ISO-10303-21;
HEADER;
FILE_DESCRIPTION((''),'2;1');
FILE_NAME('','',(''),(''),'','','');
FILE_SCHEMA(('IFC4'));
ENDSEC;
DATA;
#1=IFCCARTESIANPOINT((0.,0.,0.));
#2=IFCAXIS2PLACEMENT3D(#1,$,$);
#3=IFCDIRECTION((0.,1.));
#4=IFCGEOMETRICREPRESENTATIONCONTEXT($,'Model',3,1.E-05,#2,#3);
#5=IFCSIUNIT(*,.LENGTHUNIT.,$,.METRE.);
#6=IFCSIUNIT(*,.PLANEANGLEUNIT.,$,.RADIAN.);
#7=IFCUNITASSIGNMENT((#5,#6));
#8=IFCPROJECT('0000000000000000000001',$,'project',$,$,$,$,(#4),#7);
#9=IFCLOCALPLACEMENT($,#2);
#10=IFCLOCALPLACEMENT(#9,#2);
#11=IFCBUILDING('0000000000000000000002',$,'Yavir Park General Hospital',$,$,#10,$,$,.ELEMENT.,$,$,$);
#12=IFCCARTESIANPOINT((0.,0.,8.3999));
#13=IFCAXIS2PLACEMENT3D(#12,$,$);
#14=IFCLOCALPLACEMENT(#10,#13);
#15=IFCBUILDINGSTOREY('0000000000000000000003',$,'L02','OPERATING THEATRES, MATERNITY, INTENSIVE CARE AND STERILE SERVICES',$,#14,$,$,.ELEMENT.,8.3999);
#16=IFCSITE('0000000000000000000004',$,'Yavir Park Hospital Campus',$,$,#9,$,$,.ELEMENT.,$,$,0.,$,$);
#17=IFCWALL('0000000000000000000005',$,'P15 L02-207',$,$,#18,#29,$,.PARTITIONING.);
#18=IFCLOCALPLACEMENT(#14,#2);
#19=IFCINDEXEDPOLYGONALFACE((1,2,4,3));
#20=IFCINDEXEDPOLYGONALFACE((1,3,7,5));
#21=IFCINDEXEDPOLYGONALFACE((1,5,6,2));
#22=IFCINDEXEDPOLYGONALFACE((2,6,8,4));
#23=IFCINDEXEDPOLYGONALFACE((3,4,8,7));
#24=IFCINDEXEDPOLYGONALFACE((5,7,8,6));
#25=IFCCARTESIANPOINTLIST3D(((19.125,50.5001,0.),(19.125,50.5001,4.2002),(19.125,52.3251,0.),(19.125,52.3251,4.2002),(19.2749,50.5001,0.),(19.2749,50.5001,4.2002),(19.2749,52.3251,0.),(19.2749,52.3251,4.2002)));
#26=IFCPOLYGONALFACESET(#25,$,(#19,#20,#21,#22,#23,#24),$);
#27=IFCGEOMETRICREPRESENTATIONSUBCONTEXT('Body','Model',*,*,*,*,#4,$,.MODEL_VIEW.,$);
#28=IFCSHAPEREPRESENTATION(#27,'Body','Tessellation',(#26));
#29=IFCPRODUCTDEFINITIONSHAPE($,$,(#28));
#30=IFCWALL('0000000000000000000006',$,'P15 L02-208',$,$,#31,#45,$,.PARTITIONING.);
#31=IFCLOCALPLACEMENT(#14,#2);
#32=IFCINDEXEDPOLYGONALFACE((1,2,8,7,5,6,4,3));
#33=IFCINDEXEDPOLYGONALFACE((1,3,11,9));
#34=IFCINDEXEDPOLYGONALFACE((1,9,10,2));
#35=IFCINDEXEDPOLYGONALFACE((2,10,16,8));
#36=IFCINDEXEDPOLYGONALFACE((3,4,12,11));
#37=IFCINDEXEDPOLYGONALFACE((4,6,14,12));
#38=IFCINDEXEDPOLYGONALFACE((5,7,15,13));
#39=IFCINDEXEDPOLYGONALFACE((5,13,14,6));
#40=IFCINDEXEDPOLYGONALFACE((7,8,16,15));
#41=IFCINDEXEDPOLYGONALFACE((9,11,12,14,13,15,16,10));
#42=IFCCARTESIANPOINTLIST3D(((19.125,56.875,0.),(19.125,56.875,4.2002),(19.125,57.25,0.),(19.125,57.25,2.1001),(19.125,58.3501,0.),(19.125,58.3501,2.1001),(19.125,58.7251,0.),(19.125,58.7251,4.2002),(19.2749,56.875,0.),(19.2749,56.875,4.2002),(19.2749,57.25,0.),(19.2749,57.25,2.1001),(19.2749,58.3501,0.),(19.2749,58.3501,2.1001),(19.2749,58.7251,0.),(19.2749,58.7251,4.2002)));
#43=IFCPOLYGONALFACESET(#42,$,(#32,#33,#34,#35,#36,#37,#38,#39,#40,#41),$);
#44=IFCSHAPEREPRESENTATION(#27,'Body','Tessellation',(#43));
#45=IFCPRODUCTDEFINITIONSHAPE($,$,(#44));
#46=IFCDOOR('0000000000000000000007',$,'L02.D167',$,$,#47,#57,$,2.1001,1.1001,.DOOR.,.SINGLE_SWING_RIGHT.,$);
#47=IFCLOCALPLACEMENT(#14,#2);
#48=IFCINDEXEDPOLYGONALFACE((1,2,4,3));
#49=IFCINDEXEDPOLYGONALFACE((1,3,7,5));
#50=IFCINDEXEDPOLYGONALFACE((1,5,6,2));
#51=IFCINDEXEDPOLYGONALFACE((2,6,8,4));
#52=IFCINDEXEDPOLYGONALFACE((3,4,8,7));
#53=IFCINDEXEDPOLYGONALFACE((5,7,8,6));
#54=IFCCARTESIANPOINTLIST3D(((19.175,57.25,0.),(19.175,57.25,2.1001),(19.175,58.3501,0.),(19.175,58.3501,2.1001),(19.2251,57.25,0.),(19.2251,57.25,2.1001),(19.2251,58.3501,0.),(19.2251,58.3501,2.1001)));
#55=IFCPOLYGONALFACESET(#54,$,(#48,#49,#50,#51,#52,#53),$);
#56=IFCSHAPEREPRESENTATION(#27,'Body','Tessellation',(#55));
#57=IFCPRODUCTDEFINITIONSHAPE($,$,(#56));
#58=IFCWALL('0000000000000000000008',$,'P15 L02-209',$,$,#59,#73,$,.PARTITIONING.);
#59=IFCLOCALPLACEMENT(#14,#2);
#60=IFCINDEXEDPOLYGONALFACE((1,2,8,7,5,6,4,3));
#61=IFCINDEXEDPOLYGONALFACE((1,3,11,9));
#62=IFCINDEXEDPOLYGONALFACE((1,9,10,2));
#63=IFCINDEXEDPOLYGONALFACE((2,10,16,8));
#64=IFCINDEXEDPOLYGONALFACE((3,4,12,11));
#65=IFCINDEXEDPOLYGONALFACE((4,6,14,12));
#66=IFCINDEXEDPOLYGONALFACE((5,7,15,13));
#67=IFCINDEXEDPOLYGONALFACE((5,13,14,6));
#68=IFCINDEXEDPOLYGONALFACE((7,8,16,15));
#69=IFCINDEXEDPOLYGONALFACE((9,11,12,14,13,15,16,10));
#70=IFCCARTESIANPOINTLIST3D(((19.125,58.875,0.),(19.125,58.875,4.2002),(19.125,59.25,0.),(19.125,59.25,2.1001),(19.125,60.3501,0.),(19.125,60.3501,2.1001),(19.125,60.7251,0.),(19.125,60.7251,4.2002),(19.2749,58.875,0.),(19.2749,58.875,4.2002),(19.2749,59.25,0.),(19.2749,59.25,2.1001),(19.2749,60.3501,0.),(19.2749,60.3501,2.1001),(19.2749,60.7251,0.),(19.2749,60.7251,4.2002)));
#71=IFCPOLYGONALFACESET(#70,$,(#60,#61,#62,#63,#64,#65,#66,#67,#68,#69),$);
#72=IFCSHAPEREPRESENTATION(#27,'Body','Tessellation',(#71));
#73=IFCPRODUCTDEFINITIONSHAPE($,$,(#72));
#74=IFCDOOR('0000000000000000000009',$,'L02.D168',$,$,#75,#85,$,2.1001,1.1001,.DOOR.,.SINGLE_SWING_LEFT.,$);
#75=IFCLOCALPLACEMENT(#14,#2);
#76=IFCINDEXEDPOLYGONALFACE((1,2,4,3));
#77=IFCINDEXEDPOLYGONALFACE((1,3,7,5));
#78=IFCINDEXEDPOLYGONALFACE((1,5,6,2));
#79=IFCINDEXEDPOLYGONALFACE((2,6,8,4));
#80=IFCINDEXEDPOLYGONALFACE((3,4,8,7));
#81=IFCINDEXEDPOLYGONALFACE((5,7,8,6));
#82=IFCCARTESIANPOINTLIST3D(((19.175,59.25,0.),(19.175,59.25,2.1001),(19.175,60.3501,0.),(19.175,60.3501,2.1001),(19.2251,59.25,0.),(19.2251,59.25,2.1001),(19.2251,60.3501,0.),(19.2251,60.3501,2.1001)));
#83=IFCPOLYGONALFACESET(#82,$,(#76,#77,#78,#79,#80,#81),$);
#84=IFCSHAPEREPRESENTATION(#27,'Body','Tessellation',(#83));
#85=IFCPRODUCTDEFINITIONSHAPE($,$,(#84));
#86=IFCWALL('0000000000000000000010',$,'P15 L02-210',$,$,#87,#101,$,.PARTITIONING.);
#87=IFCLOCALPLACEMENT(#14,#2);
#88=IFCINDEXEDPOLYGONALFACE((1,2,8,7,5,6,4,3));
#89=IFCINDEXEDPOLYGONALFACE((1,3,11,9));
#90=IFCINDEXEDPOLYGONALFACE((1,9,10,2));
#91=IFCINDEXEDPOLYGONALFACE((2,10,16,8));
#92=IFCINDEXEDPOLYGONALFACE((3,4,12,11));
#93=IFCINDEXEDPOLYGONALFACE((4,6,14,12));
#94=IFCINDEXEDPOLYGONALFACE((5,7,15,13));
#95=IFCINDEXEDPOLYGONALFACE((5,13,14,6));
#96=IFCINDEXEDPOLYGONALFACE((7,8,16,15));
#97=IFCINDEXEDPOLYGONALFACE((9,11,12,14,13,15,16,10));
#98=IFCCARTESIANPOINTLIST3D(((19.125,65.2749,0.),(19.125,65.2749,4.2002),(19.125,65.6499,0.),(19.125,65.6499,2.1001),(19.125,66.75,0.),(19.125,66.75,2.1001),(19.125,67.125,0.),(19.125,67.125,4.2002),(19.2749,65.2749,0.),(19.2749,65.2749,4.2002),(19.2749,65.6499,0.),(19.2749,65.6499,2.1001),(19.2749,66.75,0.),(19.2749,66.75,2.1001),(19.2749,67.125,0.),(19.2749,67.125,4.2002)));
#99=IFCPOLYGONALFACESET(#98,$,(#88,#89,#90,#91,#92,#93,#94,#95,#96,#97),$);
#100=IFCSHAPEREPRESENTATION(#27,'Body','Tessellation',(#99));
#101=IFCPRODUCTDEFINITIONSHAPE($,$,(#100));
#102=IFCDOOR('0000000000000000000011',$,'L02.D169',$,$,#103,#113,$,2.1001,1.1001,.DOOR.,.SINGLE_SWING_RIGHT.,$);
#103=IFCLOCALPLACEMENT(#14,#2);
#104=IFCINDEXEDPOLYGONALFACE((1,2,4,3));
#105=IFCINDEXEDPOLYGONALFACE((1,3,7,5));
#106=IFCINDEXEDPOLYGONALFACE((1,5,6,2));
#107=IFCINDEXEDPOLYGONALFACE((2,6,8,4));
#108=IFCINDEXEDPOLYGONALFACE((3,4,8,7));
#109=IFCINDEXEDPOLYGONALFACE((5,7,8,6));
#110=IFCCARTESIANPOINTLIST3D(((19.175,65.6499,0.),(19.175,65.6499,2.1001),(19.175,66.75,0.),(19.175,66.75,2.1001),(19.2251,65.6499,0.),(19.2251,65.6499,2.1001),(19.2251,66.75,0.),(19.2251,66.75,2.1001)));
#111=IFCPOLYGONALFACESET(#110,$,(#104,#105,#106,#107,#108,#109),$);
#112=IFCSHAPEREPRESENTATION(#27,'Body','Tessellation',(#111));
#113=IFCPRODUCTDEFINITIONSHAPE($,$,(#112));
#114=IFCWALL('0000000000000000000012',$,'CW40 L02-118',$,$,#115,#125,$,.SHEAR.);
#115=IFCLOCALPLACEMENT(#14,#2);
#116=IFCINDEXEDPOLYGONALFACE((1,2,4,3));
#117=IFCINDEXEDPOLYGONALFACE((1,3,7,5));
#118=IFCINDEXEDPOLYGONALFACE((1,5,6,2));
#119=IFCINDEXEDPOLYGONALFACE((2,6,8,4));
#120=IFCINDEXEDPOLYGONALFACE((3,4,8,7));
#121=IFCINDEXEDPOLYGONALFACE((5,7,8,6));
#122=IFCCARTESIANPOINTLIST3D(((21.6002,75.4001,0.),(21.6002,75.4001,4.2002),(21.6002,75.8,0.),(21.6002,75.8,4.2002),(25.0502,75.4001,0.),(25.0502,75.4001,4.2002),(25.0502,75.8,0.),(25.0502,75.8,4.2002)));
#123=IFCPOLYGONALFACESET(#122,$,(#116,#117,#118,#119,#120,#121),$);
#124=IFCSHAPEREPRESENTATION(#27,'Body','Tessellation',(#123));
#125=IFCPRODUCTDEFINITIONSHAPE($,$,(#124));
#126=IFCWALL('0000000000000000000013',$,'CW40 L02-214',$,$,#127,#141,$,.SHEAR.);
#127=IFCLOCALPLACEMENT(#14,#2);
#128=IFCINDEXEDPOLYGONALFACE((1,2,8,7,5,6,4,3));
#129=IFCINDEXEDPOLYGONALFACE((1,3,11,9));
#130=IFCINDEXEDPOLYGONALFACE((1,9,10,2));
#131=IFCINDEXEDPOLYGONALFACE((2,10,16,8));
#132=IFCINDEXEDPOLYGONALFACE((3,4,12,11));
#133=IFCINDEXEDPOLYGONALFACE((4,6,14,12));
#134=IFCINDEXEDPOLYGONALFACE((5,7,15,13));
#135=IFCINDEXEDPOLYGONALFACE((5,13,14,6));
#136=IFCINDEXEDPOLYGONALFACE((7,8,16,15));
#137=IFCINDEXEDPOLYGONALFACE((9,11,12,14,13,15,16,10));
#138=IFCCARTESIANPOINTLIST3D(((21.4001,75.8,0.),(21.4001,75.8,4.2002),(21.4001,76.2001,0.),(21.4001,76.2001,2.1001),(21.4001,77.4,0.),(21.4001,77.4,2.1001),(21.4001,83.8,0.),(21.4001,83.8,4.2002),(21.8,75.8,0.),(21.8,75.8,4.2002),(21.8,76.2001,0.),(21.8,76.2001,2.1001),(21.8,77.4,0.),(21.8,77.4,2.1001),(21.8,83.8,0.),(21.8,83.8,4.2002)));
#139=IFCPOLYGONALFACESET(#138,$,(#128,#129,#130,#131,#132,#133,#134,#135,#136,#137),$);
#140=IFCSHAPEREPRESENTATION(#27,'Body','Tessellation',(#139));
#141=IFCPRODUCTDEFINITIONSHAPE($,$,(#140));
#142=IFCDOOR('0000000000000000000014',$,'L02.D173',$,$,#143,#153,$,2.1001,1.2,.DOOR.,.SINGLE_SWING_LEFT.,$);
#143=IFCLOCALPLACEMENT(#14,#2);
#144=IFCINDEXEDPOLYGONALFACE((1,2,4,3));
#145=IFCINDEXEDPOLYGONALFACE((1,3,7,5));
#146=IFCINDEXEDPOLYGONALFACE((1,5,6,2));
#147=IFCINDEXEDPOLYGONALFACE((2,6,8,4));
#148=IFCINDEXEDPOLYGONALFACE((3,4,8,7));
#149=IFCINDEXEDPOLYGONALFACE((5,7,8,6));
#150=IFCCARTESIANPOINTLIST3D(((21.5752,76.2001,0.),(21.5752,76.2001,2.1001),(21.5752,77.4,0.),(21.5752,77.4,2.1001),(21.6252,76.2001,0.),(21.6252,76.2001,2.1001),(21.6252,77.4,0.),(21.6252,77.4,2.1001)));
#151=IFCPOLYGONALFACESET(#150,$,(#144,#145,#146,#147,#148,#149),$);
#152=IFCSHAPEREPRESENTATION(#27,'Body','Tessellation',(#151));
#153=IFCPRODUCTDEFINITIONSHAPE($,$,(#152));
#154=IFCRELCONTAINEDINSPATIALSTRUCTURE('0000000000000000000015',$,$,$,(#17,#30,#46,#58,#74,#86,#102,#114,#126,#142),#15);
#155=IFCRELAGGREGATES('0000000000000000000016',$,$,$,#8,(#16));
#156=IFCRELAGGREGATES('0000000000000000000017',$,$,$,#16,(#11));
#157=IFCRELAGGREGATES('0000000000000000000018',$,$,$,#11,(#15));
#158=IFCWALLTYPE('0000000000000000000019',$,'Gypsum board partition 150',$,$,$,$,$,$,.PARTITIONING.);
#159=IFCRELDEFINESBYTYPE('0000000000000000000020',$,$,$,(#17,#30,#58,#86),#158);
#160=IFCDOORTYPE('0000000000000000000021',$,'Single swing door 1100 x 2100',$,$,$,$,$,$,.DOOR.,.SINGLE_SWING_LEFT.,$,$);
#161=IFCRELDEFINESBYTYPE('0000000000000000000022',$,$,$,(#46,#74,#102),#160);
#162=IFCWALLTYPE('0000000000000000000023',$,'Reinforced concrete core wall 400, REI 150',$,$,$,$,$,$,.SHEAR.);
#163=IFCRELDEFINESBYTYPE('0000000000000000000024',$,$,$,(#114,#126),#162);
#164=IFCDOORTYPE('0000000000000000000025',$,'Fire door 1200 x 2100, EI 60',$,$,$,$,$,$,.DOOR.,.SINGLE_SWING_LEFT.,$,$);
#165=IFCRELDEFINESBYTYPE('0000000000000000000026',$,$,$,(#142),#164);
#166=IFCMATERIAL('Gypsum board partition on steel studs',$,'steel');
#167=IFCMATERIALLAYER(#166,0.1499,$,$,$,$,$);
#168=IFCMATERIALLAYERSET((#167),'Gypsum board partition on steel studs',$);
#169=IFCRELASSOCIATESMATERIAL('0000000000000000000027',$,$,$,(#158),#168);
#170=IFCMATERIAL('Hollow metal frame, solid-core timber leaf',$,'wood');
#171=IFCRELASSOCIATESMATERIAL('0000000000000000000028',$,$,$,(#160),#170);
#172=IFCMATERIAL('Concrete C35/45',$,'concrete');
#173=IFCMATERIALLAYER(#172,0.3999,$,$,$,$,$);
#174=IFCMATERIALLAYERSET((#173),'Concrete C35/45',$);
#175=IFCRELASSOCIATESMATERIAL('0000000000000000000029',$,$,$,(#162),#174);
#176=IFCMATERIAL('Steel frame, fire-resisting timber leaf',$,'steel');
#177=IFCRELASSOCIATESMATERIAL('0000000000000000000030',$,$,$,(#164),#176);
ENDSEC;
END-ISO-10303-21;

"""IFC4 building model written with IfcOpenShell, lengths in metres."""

from ifc_helpers import new_model, si_unit, direction, frame, frame_2d, origin, place, context, subcontext, project, spatial, rectangle, extrude, material, layer, layer_set, type_object, element, fill, save


model = new_model("IFC4")

# Units and contexts
model_context = context("Model", 3, precision=1e-05, world=origin(), true_north=direction((0.0, 1.0)))
body_context = subcontext(model_context, "Body", "Model", "MODEL_VIEW")
ifc_project = project(units=[si_unit("LENGTHUNIT", "METRE"), si_unit("PLANEANGLEUNIT", "RADIAN")], contexts=[model_context])

# Site, building, storey
site_placement = place(None, origin())
site = spatial("IfcSite", under=ifc_project, at=site_placement, Name="Yavir Park Hospital Campus", CompositionType="ELEMENT", RefElevation=0.0)
building_placement = place(site_placement, origin())
building = spatial("IfcBuilding", under=site, at=building_placement, Name="Yavir Park General Hospital", CompositionType="ELEMENT")
storey_placement = place(building_placement, frame((0.0, 0.0, 8.3999)))
storey = spatial("IfcBuildingStorey", under=building, at=storey_placement, Name="L02", Description="OPERATING THEATRES, MATERNITY, INTENSIVE CARE AND STERILE SERVICES", CompositionType="ELEMENT", Elevation=8.3999)

# Shared definitions
ifc_material_1 = material(Name="Gypsum board partition on steel studs", Category="steel")
ifc_layer_1 = layer(ifc_material_1, 0.1499)
ifc_layer_set_1 = layer_set([ifc_layer_1], Name="Gypsum board partition on steel studs")
wall_type_1 = type_object("IfcWallType", Name="Gypsum board partition 150", PredefinedType="PARTITIONING", material=ifc_layer_set_1)
ifc_material_2 = material(Name="Hollow metal frame, solid-core timber leaf", Category="wood")
door_type_1 = type_object("IfcDoorType", Name="Single swing door 1100 x 2100", OperationType="SINGLE_SWING_LEFT", PredefinedType="DOOR", material=ifc_material_2)

# Wall
wall_1_placement = place(storey_placement, frame((19.2, 50.5, 0.0), z_axis=(0.0, 0.0, 1.0), x_axis=(0.0, 1.0, 0.0)))
element("IfcWall", 1, at=wall_1_placement, inside=storey, type_object=wall_type_1, Name="P15 L02-207", PredefinedType="PARTITIONING", context=body_context, shape_type="SweptSolid", body=[
    extrude(rectangle(XDim=1.825, YDim=0.1499, at=frame_2d((0.9126, 0.0))), origin(), (0.0, 0.0, 1.0), 4.2002),
])

# Walls, openings, doors
wall_2_placement = place(storey_placement, frame((19.2, 56.875, 0.0), z_axis=(0.0, 0.0, 1.0), x_axis=(0.0, 1.0, 0.0)))
wall_2 = element("IfcWall", 2, at=wall_2_placement, inside=storey, type_object=wall_type_1, Name="P15 L02-208", PredefinedType="PARTITIONING", context=body_context, shape_type="SweptSolid", body=[
    extrude(rectangle(XDim=1.8501, YDim=0.1499, at=frame_2d((0.925, 0.0))), origin(), (0.0, 0.0, 1.0), 4.2002),
])
opening_1_placement = place(wall_2_placement, frame((0.375, 0.0, 0.0)))
opening_1 = element("IfcOpeningElement", 3, at=opening_1_placement, cuts=wall_2, PredefinedType="OPENING", context=body_context, shape_type="SweptSolid", body=[
    extrude(rectangle(XDim=1.1001, YDim=2.1001, at=frame_2d((0.55, 1.05))), frame((0.0, 0.085, 0.0), z_axis=(0.0, -1.0, 0.0), x_axis=(1.0, 0.0, 0.0)), (0.0, 0.0, 1.0), 0.1699),
])
door_1_placement = place(opening_1_placement, origin())
door_1 = element("IfcDoor", 4, at=door_1_placement, inside=storey, type_object=door_type_1, Name="L02.D167", OperationType="SINGLE_SWING_RIGHT", OverallHeight=2.1001, OverallWidth=1.1001, PredefinedType="DOOR", context=body_context, shape_type="SweptSolid", body=[
    extrude(rectangle(XDim=1.1001, YDim=2.1001, at=frame_2d((0.55, 1.05))), frame((0.0, 0.0249, 0.0), z_axis=(0.0, -1.0, 0.0), x_axis=(1.0, 0.0, 0.0)), (0.0, 0.0, 1.0), 0.05),
])
fill(opening_1, door_1)
wall_3_placement = place(storey_placement, frame((19.2, 58.875, 0.0), z_axis=(0.0, 0.0, 1.0), x_axis=(0.0, 1.0, 0.0)))
wall_3 = element("IfcWall", 5, at=wall_3_placement, inside=storey, type_object=wall_type_1, Name="P15 L02-209", PredefinedType="PARTITIONING", context=body_context, shape_type="SweptSolid", body=[
    extrude(rectangle(XDim=1.8501, YDim=0.1499, at=frame_2d((0.925, 0.0))), origin(), (0.0, 0.0, 1.0), 4.2002),
])
opening_2_placement = place(wall_3_placement, frame((0.375, 0.0, 0.0)))
opening_2 = element("IfcOpeningElement", 6, at=opening_2_placement, cuts=wall_3, PredefinedType="OPENING", context=body_context, shape_type="SweptSolid", body=[
    extrude(rectangle(XDim=1.1001, YDim=2.1001, at=frame_2d((0.55, 1.05))), frame((0.0, 0.085, 0.0), z_axis=(0.0, -1.0, 0.0), x_axis=(1.0, 0.0, 0.0)), (0.0, 0.0, 1.0), 0.1699),
])
door_2_placement = place(opening_2_placement, origin())
door_2 = element("IfcDoor", 7, at=door_2_placement, inside=storey, type_object=door_type_1, Name="L02.D168", OperationType="SINGLE_SWING_LEFT", OverallHeight=2.1001, OverallWidth=1.1001, PredefinedType="DOOR", context=body_context, shape_type="SweptSolid", body=[
    extrude(rectangle(XDim=1.1001, YDim=2.1001, at=frame_2d((0.55, 1.05))), frame((0.0, 0.0249, 0.0), z_axis=(0.0, -1.0, 0.0), x_axis=(1.0, 0.0, 0.0)), (0.0, 0.0, 1.0), 0.05),
])
fill(opening_2, door_2)
wall_4_placement = place(storey_placement, frame((19.2, 65.2749, 0.0), z_axis=(0.0, 0.0, 1.0), x_axis=(0.0, 1.0, 0.0)))
wall_4 = element("IfcWall", 8, at=wall_4_placement, inside=storey, type_object=wall_type_1, Name="P15 L02-210", PredefinedType="PARTITIONING", context=body_context, shape_type="SweptSolid", body=[
    extrude(rectangle(XDim=1.8501, YDim=0.1499, at=frame_2d((0.925, 0.0))), origin(), (0.0, 0.0, 1.0), 4.2002),
])
opening_3_placement = place(wall_4_placement, frame((0.375, 0.0, 0.0)))
opening_3 = element("IfcOpeningElement", 9, at=opening_3_placement, cuts=wall_4, PredefinedType="OPENING", context=body_context, shape_type="SweptSolid", body=[
    extrude(rectangle(XDim=1.1001, YDim=2.1001, at=frame_2d((0.55, 1.05))), frame((0.0, 0.085, 0.0), z_axis=(0.0, -1.0, 0.0), x_axis=(1.0, 0.0, 0.0)), (0.0, 0.0, 1.0), 0.1699),
])
door_3_placement = place(opening_3_placement, origin())
door_3 = element("IfcDoor", 10, at=door_3_placement, inside=storey, type_object=door_type_1, Name="L02.D169", OperationType="SINGLE_SWING_RIGHT", OverallHeight=2.1001, OverallWidth=1.1001, PredefinedType="DOOR", context=body_context, shape_type="SweptSolid", body=[
    extrude(rectangle(XDim=1.1001, YDim=2.1001, at=frame_2d((0.55, 1.05))), frame((0.0, 0.0249, 0.0), z_axis=(0.0, -1.0, 0.0), x_axis=(1.0, 0.0, 0.0)), (0.0, 0.0, 1.0), 0.05),
])
fill(opening_3, door_3)

# Wall
ifc_material_3 = material(Name="Concrete C35/45", Category="concrete")
ifc_layer_2 = layer(ifc_material_3, 0.3999)
ifc_layer_set_2 = layer_set([ifc_layer_2], Name="Concrete C35/45")
wall_type_2 = type_object("IfcWallType", Name="Reinforced concrete core wall 400, REI 150", PredefinedType="SHEAR", material=ifc_layer_set_2)
wall_5_placement = place(storey_placement, frame((21.6001, 75.6001, 0.0), z_axis=(0.0, 0.0, 1.0), x_axis=(1.0, 0.0, 0.0)))
element("IfcWall", 11, at=wall_5_placement, inside=storey, type_object=wall_type_2, Name="CW40 L02-118", PredefinedType="SHEAR", context=body_context, shape_type="SweptSolid", body=[
    extrude(rectangle(XDim=3.45, YDim=0.3999, at=frame_2d((1.7251, 0.0))), origin(), (0.0, 0.0, 1.0), 4.2002),
])

# Wall, opening, door
wall_6_placement = place(storey_placement, frame((21.6001, 75.8, 0.0), z_axis=(0.0, 0.0, 1.0), x_axis=(0.0, 1.0, 0.0)))
wall_6 = element("IfcWall", 12, at=wall_6_placement, inside=storey, type_object=wall_type_2, Name="CW40 L02-214", PredefinedType="SHEAR", context=body_context, shape_type="SweptSolid", body=[
    extrude(rectangle(XDim=8.0, YDim=0.3999, at=frame_2d((4.0, 0.0))), origin(), (0.0, 0.0, 1.0), 4.2002),
])
opening_4_placement = place(wall_6_placement, frame((0.3999, 0.0, 0.0)))
opening_4 = element("IfcOpeningElement", 13, at=opening_4_placement, cuts=wall_6, PredefinedType="OPENING", context=body_context, shape_type="SweptSolid", body=[
    extrude(rectangle(XDim=1.2, YDim=2.1001, at=frame_2d((0.6001, 1.05))), frame((0.0, 0.21, 0.0), z_axis=(0.0, -1.0, 0.0), x_axis=(1.0, 0.0, 0.0)), (0.0, 0.0, 1.0), 0.4199),
])
ifc_material_4 = material(Name="Steel frame, fire-resisting timber leaf", Category="steel")
door_type_2 = type_object("IfcDoorType", Name="Fire door 1200 x 2100, EI 60", OperationType="SINGLE_SWING_LEFT", PredefinedType="DOOR", material=ifc_material_4)
door_4_placement = place(opening_4_placement, origin())
door_4 = element("IfcDoor", 14, at=door_4_placement, inside=storey, type_object=door_type_2, Name="L02.D173", OperationType="SINGLE_SWING_LEFT", OverallHeight=2.1001, OverallWidth=1.2, PredefinedType="DOOR", context=body_context, shape_type="SweptSolid", body=[
    extrude(rectangle(XDim=1.2, YDim=2.1001, at=frame_2d((0.6001, 1.05))), frame((0.0, 0.0249, 0.0), z_axis=(0.0, -1.0, 0.0), x_axis=(1.0, 0.0, 0.0)), (0.0, 0.0, 1.0), 0.05),
])
fill(opening_4, door_4)

save(model, "model.ifc")
